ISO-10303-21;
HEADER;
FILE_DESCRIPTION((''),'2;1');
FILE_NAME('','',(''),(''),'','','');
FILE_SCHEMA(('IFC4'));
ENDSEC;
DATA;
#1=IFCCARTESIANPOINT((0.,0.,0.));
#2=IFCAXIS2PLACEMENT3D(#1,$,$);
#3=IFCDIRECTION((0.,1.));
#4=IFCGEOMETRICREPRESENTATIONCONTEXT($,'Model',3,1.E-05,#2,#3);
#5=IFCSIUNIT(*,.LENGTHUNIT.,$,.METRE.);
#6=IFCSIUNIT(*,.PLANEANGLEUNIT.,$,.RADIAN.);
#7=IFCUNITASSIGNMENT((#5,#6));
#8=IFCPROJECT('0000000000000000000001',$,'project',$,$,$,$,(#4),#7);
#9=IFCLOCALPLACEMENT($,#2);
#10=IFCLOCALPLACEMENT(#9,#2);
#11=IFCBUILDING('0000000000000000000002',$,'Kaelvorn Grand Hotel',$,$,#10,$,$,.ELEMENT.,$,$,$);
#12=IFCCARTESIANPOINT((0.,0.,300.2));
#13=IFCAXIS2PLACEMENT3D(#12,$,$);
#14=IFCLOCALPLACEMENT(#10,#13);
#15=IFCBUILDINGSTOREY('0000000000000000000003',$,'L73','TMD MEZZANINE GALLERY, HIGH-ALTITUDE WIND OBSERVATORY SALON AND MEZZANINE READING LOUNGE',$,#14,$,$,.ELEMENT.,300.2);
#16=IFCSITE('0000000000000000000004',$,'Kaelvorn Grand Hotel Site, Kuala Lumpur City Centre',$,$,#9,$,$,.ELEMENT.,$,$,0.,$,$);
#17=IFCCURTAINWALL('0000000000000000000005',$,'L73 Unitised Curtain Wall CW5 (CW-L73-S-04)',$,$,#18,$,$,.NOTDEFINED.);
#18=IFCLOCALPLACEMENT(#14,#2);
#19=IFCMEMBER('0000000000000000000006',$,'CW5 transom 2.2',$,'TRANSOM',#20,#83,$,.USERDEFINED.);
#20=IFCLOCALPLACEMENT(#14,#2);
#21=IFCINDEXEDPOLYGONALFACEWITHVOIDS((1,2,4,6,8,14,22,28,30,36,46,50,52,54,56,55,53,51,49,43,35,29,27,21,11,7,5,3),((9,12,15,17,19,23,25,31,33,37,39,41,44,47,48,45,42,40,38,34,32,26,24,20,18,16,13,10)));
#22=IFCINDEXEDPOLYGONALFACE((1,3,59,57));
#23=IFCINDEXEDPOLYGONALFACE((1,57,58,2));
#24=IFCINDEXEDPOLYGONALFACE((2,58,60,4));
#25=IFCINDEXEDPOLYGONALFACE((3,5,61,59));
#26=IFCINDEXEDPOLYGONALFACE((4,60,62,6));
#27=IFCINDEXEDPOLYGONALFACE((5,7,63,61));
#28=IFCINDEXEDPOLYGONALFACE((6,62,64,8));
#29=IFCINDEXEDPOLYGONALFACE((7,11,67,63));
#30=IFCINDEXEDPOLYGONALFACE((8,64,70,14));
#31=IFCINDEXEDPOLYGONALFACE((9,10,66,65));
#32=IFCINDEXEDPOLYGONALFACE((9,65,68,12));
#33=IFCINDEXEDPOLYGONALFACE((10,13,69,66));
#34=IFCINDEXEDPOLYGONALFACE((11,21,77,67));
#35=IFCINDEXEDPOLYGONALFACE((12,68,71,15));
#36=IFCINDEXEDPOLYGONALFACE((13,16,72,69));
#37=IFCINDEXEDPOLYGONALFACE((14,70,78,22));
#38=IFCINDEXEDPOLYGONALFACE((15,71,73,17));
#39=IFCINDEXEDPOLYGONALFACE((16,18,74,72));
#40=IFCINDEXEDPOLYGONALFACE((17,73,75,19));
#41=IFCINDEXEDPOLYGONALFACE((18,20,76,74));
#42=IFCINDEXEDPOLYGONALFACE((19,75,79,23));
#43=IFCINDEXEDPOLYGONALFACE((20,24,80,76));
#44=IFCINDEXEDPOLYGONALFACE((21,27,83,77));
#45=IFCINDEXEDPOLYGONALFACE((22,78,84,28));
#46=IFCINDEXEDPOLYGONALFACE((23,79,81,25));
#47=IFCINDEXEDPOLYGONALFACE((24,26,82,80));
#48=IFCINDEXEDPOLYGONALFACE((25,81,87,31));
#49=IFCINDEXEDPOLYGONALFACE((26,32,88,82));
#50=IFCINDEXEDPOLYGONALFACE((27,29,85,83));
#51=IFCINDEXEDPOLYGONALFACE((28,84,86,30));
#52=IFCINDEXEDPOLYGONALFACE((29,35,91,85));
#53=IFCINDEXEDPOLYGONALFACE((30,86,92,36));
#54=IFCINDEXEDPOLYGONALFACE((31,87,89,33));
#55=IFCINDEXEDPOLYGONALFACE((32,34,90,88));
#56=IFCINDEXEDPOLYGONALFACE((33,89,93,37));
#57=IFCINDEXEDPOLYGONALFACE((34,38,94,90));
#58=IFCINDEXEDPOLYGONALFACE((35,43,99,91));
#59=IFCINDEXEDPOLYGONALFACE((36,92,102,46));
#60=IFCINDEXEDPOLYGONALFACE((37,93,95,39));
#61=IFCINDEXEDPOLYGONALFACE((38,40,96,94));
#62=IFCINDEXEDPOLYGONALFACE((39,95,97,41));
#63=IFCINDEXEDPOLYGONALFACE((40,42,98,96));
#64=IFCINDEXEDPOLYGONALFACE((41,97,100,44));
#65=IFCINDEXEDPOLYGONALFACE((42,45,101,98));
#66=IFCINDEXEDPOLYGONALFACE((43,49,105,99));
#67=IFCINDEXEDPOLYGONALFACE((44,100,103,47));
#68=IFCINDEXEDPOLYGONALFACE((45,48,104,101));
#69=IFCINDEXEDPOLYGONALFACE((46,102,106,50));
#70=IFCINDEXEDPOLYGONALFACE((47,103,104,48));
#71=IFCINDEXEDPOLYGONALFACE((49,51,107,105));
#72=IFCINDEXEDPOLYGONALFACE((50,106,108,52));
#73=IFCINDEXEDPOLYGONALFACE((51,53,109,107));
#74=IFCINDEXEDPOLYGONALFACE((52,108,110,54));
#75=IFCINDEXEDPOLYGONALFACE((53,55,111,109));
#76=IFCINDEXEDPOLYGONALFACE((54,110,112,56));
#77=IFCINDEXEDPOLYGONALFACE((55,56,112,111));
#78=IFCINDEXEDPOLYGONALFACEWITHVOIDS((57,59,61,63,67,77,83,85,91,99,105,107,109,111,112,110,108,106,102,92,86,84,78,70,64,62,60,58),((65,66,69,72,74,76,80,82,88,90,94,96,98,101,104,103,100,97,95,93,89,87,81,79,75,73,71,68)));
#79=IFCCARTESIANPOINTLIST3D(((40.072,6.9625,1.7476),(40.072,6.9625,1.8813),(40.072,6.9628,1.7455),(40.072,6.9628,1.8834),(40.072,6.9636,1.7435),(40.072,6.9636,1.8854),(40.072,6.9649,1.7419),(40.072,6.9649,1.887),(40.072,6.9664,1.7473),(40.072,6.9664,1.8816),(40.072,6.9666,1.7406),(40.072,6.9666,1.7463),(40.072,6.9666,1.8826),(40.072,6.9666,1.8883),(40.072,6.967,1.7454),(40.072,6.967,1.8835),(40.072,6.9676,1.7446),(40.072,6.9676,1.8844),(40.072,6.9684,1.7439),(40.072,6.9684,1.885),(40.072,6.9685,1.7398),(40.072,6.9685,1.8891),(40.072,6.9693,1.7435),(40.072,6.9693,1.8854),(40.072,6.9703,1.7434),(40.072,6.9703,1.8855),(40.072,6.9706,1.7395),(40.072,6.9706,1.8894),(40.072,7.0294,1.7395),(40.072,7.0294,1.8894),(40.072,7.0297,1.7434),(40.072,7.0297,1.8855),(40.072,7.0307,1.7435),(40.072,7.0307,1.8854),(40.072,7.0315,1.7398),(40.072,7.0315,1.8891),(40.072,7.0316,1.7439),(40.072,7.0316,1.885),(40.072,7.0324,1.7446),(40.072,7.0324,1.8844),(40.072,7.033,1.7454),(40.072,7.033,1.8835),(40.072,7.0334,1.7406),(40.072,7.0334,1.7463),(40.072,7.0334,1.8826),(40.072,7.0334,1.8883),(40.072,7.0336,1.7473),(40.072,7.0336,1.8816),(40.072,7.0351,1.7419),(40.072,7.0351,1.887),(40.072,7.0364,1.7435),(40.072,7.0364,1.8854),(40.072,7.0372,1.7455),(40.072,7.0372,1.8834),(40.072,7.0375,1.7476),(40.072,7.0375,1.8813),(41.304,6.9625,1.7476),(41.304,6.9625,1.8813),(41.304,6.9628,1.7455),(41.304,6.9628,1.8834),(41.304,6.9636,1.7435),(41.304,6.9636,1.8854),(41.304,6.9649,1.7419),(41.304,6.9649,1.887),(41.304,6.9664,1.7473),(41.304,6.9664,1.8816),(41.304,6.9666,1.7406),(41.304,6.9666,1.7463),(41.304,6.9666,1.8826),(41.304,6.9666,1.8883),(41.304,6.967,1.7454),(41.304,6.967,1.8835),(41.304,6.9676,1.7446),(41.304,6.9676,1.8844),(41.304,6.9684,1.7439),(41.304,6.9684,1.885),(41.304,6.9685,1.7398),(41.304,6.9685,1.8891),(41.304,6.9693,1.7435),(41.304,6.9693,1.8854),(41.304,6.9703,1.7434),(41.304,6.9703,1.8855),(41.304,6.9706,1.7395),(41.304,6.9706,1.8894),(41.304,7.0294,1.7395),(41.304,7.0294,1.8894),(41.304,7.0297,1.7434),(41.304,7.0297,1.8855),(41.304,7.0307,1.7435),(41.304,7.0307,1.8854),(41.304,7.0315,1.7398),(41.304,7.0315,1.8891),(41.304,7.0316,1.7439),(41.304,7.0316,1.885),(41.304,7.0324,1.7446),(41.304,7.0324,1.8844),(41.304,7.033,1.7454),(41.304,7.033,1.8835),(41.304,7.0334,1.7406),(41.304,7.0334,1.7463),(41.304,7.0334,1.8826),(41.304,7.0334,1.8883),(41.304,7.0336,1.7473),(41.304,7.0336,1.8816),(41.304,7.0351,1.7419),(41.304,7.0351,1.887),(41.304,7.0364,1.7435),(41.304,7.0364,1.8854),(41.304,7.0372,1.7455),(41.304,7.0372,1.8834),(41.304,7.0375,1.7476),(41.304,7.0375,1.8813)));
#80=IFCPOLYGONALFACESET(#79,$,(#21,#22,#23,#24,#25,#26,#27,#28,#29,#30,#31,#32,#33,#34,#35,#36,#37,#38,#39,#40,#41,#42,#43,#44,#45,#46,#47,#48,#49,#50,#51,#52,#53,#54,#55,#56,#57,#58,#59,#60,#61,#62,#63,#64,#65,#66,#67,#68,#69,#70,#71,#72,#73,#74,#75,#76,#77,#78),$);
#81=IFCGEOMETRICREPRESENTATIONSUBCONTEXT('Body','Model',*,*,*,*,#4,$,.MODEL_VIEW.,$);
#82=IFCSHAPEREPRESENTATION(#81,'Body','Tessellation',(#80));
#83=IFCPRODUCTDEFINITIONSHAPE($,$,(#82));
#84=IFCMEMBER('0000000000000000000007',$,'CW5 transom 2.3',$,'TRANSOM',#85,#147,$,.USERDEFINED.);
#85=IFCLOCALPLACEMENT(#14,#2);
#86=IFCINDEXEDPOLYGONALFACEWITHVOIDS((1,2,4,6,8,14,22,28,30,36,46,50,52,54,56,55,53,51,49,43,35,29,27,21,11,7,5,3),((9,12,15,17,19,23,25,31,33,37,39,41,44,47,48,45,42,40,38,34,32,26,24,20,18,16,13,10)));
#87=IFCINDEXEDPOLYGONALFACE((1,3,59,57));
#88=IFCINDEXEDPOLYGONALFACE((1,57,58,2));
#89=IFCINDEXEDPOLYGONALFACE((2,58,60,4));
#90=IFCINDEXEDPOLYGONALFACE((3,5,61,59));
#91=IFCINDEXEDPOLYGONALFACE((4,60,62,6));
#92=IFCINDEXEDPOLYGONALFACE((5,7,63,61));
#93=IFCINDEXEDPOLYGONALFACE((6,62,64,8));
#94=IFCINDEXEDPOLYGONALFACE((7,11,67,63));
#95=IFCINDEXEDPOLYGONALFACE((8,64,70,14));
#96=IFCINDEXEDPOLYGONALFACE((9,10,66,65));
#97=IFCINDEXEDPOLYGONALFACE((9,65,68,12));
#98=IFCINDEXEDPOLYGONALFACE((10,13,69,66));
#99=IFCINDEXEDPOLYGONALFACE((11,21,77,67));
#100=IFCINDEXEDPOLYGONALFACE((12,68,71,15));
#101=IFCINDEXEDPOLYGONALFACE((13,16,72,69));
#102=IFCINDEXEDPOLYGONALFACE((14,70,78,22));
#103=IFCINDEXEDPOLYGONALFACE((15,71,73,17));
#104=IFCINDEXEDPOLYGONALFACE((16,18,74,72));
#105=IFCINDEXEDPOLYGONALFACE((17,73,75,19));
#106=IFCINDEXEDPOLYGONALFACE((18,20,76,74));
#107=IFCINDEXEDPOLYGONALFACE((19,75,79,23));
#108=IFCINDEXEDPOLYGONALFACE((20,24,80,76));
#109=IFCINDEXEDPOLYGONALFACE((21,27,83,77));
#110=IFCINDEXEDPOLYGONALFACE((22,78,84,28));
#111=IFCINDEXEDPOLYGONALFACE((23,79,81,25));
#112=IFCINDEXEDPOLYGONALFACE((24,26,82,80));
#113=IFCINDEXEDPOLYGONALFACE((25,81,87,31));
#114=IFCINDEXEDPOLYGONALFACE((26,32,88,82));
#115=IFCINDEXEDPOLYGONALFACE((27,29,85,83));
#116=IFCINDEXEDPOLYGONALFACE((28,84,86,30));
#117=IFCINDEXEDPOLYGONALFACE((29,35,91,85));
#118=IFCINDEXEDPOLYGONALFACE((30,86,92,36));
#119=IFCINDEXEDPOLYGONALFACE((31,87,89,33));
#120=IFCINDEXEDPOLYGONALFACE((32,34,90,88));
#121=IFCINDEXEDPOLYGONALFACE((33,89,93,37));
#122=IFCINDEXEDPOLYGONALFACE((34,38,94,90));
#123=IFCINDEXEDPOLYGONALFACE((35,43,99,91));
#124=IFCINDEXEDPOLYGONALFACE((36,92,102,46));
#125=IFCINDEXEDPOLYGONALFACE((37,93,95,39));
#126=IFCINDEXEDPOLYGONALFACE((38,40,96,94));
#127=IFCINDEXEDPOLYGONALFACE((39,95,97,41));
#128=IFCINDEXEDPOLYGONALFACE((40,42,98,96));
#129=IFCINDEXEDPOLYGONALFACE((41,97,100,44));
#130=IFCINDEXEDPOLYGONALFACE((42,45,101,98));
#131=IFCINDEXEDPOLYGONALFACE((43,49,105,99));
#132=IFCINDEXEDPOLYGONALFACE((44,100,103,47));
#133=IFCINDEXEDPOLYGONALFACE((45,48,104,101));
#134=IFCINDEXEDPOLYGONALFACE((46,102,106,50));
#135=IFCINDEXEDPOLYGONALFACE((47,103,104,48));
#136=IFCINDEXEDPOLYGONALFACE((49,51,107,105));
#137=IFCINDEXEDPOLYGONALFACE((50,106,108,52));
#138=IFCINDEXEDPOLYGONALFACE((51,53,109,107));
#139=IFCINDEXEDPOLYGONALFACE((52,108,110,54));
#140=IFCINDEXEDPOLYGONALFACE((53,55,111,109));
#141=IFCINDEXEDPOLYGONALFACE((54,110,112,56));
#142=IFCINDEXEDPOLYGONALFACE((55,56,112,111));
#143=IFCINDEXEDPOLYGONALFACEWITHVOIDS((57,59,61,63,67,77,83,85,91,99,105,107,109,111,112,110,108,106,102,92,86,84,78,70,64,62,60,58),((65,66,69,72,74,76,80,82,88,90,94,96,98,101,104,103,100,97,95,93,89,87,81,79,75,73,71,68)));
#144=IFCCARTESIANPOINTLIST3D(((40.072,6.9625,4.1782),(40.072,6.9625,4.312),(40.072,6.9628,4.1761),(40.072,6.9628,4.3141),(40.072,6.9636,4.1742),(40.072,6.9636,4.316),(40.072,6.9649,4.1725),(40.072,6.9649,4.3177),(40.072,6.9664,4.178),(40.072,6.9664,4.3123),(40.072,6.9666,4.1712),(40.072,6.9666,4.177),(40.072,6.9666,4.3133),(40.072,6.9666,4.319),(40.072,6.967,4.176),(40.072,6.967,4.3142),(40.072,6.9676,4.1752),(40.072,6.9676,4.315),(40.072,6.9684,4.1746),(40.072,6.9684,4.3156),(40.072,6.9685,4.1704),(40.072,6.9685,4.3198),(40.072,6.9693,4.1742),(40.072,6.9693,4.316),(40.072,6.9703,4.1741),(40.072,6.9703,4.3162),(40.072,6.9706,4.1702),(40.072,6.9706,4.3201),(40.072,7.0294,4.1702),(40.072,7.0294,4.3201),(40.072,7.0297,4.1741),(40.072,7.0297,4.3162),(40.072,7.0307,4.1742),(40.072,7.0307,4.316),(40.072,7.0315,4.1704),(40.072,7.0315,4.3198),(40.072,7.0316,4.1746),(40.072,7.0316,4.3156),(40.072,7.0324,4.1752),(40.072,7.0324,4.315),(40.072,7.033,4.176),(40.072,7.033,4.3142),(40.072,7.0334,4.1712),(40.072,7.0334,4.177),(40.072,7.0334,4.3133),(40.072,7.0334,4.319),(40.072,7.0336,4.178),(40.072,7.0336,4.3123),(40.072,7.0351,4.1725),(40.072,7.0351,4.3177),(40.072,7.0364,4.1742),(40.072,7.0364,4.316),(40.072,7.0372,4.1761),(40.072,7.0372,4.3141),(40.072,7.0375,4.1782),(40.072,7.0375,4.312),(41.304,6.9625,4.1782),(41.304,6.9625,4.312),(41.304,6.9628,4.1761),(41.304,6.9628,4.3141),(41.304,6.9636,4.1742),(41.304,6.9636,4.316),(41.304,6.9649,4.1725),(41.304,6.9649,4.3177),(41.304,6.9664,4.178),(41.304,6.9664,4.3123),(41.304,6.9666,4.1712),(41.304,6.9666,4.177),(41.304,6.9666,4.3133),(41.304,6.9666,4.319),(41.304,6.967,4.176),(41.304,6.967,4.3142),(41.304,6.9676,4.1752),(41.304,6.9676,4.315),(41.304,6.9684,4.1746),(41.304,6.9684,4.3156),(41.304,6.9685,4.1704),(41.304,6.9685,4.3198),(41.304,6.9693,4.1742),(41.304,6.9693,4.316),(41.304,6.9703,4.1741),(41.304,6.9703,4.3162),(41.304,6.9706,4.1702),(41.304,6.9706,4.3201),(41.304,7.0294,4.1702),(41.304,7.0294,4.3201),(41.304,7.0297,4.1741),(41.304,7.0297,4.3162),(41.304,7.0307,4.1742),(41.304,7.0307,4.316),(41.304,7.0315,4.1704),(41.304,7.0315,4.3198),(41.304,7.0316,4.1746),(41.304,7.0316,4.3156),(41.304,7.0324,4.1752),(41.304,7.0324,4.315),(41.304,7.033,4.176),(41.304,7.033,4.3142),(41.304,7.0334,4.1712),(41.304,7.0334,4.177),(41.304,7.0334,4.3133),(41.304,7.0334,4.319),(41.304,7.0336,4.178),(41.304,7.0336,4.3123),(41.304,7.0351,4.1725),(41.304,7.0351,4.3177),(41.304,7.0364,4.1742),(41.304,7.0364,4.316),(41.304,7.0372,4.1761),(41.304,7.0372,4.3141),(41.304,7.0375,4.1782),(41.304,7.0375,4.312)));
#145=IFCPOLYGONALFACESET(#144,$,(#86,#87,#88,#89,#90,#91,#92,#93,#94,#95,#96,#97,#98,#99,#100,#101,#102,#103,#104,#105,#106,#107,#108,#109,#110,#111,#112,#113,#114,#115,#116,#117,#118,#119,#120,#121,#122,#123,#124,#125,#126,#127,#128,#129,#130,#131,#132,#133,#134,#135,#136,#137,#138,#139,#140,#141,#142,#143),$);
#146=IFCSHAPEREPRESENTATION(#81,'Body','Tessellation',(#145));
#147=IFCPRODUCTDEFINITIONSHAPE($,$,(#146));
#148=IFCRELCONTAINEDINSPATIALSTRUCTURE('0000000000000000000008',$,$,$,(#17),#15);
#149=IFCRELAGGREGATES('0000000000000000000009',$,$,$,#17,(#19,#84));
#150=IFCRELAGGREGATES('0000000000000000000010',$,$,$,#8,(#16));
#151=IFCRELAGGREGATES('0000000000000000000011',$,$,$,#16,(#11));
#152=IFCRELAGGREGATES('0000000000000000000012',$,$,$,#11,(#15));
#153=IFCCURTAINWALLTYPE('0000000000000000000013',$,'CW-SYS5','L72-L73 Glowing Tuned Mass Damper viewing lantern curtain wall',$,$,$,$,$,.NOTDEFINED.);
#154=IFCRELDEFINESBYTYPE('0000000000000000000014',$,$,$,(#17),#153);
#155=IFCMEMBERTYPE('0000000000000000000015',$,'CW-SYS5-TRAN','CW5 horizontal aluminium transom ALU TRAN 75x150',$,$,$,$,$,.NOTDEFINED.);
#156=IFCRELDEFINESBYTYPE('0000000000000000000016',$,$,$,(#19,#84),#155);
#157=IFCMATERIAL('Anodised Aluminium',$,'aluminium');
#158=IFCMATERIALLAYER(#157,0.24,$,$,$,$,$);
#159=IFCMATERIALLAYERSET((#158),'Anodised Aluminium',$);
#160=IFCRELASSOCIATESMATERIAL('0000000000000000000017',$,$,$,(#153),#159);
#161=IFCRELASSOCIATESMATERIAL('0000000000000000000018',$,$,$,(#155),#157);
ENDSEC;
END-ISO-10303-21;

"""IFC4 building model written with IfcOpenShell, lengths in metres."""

from ifc_helpers import new_model, si_unit, direction, frame, origin, origin_2d, place, context, subcontext, project, spatial, hollow_rectangle, extrude, material, layer, layer_set, material_profile, profile_set, type_object, element, aggregate, save


model = new_model("IFC4")

# Units and contexts
model_context = context("Model", 3, precision=1e-05, world=origin(), true_north=direction((0.0, 1.0)))
body_context = subcontext(model_context, "Body", "Model", "MODEL_VIEW")
ifc_project = project(units=[si_unit("LENGTHUNIT", "METRE"), si_unit("PLANEANGLEUNIT", "RADIAN")], contexts=[model_context])

# Site, building, storey
site_placement = place(None, origin())
site = spatial("IfcSite", under=ifc_project, at=site_placement, Name="Kaelvorn Grand Hotel Site, Kuala Lumpur City Centre", CompositionType="ELEMENT", RefElevation=0.0)
building_placement = place(site_placement, origin())
building = spatial("IfcBuilding", under=site, at=building_placement, Name="Kaelvorn Grand Hotel", CompositionType="ELEMENT")
storey_placement = place(building_placement, frame((0.0, 0.0, 300.2)))
storey = spatial("IfcBuildingStorey", under=building, at=storey_placement, Name="L73", Description="TMD MEZZANINE GALLERY, HIGH-ALTITUDE WIND OBSERVATORY SALON AND MEZZANINE READING LOUNGE", CompositionType="ELEMENT", Elevation=300.2)

# Curtain wall, members
ifc_material_1 = material(Name="Anodised Aluminium", Category="aluminium")
ifc_layer_1 = layer(ifc_material_1, 0.24)
ifc_layer_set_1 = layer_set([ifc_layer_1], Name="Anodised Aluminium")
curtain_wall_type = type_object("IfcCurtainWallType", Name="CW-SYS5", Description="L72-L73 Glowing Tuned Mass Damper viewing lantern curtain wall", PredefinedType="NOTDEFINED", material=ifc_layer_set_1)
curtain_wall_placement = place(storey_placement, origin())
curtain_wall = element("IfcCurtainWall", 1, at=curtain_wall_placement, inside=storey, type_object=curtain_wall_type, Name="L73 Unitised Curtain Wall CW5 (CW-L73-S-04)", PredefinedType="NOTDEFINED")
ifc_material_profile_1 = material_profile(ifc_material_1, hollow_rectangle(XDim=0.075, YDim=0.1499, WallThickness=0.0039, InnerFilletRadius=0.0039, OuterFilletRadius=0.0081, at=origin_2d()), Name="ALU TRAN 75x150")
ifc_profile_set_1 = profile_set([ifc_material_profile_1], Name="Anodised Aluminium")
member_type_1 = type_object("IfcMemberType", Name="CW-SYS5-TRAN", Description="CW5 horizontal aluminium transom ALU TRAN 75x150", PredefinedType="NOTDEFINED", material=ifc_profile_set_1)
member_1_placement = place(storey_placement, frame((40.072, 7.0, 1.8145), z_axis=(1.0, 0.0, 0.0), x_axis=(0.0, 1.0, 0.0)))
member_1 = element("IfcMember", 2, at=member_1_placement, type_object=member_type_1, Name="CW5 transom 2.2", ObjectType="TRANSOM", PredefinedType="USERDEFINED", context=body_context, shape_type="SweptSolid", body=[
    extrude(hollow_rectangle(XDim=0.075, YDim=0.1499, WallThickness=0.0039, InnerFilletRadius=0.0039, OuterFilletRadius=0.0081, at=origin_2d()), origin(), (0.0, 0.0, 1.0), 1.2319),
])
member_2_placement = place(storey_placement, frame((40.072, 7.0, 4.2451), z_axis=(1.0, 0.0, 0.0), x_axis=(0.0, 1.0, 0.0)))
member_2 = element("IfcMember", 3, at=member_2_placement, type_object=member_type_1, Name="CW5 transom 2.3", ObjectType="TRANSOM", PredefinedType="USERDEFINED", context=body_context, shape_type="SweptSolid", body=[
    extrude(hollow_rectangle(XDim=0.075, YDim=0.1499, WallThickness=0.0039, InnerFilletRadius=0.0039, OuterFilletRadius=0.0081, at=origin_2d()), origin(), (0.0, 0.0, 1.0), 1.2319),
])
aggregate(curtain_wall, [member_1, member_2])

save(model, "model.ifc")
